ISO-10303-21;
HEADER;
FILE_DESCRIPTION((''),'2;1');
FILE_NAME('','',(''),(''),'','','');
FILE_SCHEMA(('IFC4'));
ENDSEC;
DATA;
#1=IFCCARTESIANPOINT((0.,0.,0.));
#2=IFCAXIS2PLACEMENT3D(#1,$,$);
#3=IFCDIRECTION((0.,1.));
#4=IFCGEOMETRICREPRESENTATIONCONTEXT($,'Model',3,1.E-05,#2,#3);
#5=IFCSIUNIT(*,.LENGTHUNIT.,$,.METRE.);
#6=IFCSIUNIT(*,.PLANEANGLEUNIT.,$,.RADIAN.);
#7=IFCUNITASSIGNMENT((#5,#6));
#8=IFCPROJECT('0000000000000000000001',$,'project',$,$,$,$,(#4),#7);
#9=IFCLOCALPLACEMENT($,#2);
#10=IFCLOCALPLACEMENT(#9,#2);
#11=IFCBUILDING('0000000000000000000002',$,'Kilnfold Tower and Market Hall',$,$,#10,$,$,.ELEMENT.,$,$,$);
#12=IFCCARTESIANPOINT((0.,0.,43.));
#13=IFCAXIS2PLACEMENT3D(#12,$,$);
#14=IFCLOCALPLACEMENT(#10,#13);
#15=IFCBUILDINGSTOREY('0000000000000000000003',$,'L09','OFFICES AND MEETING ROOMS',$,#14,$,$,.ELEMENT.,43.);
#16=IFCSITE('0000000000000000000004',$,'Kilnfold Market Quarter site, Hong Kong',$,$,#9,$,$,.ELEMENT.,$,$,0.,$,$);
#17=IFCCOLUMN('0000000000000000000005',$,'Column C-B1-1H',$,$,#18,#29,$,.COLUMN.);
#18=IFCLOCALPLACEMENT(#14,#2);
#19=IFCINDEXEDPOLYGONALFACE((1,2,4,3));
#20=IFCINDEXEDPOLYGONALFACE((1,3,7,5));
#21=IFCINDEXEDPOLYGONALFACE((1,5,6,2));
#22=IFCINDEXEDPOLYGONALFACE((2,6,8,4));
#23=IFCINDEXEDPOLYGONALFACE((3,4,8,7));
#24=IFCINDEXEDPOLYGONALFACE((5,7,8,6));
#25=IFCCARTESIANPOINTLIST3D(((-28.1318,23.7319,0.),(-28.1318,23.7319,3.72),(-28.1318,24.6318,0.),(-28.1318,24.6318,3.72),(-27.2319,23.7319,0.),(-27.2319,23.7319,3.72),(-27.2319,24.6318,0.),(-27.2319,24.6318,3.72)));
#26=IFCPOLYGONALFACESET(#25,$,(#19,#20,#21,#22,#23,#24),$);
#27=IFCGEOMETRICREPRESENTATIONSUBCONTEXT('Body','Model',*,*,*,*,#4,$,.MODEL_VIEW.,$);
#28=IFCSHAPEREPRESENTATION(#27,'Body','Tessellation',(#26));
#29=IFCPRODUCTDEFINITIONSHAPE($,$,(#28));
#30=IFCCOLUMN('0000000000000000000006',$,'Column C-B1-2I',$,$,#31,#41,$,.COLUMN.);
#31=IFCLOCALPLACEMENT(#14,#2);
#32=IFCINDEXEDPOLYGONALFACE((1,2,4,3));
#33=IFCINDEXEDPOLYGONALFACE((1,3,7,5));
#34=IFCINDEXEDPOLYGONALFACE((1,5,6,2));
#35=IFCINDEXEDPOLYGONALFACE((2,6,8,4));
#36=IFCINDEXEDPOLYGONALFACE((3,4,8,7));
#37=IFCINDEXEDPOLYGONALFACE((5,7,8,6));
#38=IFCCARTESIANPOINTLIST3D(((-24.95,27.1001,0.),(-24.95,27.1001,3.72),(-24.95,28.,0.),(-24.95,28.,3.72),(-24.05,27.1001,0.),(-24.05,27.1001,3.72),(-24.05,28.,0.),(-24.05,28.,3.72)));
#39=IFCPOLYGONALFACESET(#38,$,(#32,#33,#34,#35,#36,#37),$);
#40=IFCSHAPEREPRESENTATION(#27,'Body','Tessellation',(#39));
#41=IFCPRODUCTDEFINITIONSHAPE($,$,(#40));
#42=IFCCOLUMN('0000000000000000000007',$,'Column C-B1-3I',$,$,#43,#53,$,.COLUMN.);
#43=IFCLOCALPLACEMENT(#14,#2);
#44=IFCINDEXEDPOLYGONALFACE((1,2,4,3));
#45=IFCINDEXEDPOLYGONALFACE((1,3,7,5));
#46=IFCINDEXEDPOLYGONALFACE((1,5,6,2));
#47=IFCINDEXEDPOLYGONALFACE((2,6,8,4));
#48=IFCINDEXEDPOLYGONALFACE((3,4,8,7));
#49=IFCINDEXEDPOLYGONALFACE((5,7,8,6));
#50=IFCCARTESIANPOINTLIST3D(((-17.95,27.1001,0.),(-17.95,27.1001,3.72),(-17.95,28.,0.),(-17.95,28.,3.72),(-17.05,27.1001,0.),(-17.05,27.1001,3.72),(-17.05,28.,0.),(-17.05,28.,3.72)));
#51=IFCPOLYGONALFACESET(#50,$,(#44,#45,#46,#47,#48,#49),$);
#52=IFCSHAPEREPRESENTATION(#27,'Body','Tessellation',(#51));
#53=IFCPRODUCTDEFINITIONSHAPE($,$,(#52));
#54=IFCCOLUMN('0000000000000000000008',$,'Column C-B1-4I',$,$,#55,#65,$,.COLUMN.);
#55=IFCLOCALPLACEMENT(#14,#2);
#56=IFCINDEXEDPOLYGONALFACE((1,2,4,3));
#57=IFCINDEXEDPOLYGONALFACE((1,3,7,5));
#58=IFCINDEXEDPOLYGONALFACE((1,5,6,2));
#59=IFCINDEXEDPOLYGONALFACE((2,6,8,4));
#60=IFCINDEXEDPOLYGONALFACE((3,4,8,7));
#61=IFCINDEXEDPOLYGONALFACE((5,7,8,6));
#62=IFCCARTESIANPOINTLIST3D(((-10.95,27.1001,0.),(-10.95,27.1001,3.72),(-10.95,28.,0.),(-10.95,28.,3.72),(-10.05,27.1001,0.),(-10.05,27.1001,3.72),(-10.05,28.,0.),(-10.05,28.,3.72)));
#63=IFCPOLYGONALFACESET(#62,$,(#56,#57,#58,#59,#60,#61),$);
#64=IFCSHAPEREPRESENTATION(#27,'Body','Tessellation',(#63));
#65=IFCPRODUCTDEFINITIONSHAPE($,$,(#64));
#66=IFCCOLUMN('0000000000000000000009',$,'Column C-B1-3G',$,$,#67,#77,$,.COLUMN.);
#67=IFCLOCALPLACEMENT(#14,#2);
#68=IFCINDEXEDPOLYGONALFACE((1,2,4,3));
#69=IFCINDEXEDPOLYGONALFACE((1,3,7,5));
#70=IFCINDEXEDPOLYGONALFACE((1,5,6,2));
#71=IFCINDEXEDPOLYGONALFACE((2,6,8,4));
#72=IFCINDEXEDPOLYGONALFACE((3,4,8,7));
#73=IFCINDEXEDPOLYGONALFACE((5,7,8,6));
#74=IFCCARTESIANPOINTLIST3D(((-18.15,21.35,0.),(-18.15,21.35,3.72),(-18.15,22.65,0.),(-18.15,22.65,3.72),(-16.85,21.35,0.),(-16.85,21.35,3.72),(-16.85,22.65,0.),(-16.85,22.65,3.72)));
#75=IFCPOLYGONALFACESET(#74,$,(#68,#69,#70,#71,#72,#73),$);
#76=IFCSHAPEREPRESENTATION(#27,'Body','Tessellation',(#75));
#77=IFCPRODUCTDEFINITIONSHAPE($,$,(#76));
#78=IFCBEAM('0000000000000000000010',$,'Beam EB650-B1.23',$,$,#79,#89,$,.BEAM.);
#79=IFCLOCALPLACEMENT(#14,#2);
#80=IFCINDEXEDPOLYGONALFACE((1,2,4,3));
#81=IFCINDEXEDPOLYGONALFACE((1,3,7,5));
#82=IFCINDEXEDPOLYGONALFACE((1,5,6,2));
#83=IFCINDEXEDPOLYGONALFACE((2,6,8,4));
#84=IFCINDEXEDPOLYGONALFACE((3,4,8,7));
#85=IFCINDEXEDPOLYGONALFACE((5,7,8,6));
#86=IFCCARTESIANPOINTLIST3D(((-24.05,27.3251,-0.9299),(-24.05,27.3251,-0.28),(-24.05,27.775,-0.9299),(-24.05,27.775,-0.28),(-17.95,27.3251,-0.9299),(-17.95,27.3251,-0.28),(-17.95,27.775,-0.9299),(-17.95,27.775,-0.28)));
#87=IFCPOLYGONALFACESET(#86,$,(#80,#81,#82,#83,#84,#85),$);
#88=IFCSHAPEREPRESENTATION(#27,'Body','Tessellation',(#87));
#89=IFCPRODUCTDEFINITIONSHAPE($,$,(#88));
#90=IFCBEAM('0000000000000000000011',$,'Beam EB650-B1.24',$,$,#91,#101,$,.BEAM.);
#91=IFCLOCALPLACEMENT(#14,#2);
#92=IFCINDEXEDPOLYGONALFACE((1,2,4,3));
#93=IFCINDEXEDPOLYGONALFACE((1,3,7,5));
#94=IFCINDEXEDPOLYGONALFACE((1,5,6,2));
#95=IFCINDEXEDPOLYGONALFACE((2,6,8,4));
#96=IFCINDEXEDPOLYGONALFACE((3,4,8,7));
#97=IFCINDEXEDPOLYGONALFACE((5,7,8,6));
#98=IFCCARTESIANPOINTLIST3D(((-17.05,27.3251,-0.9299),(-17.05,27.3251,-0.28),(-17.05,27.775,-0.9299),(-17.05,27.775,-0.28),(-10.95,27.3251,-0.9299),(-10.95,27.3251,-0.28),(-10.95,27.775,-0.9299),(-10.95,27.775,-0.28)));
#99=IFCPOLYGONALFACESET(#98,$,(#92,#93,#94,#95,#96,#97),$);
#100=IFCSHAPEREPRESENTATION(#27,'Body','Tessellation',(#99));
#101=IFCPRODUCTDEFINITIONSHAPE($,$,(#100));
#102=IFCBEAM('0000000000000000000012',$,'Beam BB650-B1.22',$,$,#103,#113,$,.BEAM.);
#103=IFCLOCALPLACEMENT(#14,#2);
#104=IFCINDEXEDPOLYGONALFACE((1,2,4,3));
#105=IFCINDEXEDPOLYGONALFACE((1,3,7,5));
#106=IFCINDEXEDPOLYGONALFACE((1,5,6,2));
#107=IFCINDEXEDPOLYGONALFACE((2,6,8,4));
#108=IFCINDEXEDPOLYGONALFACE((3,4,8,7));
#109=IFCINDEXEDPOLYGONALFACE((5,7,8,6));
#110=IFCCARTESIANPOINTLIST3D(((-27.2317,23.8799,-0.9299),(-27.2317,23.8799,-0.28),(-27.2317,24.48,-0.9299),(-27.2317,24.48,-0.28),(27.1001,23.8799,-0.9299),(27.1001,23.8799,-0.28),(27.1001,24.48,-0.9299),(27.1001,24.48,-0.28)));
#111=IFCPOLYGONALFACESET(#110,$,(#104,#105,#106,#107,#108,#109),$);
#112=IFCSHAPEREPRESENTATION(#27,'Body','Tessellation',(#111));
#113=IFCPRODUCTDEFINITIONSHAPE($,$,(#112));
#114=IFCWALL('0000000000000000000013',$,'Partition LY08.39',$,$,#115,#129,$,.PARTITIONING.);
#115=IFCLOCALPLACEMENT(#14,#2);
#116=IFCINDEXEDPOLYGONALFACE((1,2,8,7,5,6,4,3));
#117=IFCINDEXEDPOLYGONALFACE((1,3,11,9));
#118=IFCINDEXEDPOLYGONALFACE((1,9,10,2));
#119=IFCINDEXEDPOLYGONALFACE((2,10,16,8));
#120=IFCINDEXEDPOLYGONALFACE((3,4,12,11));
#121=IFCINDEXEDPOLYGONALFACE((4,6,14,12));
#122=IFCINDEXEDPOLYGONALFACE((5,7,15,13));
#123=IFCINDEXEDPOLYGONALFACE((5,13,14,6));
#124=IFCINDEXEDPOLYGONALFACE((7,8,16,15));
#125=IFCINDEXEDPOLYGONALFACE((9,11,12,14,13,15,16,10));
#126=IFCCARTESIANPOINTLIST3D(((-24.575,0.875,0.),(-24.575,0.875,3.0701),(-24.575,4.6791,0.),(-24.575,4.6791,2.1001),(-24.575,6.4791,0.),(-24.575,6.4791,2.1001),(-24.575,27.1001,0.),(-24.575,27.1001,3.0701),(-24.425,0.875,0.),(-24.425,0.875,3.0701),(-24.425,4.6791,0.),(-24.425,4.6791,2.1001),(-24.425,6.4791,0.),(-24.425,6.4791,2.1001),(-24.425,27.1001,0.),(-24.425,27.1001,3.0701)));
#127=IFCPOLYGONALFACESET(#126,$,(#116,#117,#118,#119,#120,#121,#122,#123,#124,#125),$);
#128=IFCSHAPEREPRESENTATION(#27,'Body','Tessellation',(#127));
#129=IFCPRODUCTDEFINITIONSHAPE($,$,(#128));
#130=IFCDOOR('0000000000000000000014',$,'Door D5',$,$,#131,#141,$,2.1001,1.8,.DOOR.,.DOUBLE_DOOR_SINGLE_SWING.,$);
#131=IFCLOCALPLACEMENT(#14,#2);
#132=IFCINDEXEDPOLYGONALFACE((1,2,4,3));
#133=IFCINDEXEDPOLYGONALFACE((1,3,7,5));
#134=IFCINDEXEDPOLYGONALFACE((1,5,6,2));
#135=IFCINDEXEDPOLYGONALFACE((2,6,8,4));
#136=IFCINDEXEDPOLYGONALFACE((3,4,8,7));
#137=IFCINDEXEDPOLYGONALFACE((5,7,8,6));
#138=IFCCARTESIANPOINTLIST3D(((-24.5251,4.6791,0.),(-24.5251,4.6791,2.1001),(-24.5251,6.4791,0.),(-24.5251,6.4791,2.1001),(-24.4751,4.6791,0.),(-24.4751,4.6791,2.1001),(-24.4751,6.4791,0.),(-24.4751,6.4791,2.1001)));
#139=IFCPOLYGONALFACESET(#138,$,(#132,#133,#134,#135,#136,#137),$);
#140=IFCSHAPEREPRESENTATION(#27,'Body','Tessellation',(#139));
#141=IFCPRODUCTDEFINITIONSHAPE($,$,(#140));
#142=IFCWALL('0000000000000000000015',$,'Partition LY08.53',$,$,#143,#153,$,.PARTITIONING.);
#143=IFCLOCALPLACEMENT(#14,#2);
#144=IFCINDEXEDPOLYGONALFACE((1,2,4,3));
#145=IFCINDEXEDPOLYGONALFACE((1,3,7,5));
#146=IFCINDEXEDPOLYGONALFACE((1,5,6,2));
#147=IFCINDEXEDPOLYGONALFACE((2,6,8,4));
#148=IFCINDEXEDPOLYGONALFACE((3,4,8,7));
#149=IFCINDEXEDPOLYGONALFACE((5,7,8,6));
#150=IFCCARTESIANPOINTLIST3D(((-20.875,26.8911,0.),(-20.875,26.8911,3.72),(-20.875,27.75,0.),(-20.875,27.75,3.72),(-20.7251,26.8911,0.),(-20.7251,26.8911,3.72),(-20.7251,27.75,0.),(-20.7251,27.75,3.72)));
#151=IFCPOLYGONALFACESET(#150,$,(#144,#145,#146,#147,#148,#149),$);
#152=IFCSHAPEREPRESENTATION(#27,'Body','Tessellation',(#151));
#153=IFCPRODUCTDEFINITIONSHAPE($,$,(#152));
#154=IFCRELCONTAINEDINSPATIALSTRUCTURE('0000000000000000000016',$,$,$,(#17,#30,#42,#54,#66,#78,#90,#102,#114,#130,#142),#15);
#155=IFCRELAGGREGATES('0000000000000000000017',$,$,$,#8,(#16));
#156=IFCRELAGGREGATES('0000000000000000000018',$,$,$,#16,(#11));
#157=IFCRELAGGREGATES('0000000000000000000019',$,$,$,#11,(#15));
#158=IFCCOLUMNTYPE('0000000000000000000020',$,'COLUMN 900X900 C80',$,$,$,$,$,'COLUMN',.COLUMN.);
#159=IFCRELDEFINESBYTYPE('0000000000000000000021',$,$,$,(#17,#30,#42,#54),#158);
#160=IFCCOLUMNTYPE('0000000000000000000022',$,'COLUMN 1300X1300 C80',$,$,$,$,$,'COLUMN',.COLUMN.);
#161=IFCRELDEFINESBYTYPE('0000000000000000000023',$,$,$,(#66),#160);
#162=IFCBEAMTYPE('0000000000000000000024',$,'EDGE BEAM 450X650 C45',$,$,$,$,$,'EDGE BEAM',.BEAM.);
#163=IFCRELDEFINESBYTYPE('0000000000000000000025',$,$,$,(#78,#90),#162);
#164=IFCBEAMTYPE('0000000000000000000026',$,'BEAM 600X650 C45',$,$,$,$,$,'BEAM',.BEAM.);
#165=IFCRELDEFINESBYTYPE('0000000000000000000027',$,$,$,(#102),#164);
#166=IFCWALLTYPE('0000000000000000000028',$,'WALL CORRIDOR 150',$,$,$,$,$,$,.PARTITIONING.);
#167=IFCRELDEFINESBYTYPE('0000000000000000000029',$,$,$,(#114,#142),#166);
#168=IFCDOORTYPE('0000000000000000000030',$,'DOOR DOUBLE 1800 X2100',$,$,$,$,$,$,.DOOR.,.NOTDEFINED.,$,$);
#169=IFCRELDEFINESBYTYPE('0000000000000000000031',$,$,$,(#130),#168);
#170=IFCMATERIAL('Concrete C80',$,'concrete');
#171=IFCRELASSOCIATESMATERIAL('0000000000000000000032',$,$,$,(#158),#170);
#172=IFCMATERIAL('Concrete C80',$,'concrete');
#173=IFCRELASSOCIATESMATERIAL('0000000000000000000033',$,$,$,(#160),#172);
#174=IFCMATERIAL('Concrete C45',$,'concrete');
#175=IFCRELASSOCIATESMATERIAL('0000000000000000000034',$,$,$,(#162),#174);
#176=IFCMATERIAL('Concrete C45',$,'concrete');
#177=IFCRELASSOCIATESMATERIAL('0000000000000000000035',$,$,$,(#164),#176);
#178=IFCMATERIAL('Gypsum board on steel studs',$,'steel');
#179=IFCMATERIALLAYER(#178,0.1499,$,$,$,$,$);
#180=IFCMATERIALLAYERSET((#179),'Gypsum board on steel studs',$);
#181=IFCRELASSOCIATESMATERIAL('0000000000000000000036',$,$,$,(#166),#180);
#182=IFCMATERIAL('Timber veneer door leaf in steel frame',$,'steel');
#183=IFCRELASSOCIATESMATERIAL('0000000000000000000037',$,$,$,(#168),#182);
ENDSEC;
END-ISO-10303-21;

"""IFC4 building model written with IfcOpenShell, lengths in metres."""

from ifc_helpers import new_model, si_unit, direction, frame, frame_2d, origin, origin_2d, place, context, subcontext, project, spatial, rectangle, extrude, source, transform, mapped, material, layer, layer_set, material_profile, profile_set, type_object, element, fill, save


model = new_model("IFC4")

# Units and contexts
model_context = context("Model", 3, precision=1e-05, world=origin(), true_north=direction((0.0, 1.0)))
body_context = subcontext(model_context, "Body", "Model", "MODEL_VIEW")
ifc_project = project(units=[si_unit("LENGTHUNIT", "METRE"), si_unit("PLANEANGLEUNIT", "RADIAN")], contexts=[model_context])

# Site, building, storey
site_placement = place(None, origin())
site = spatial("IfcSite", under=ifc_project, at=site_placement, Name="Kilnfold Market Quarter site, Hong Kong", CompositionType="ELEMENT", RefElevation=0.0)
building_placement = place(site_placement, origin())
building = spatial("IfcBuilding", under=site, at=building_placement, Name="Kilnfold Tower and Market Hall", CompositionType="ELEMENT")
storey_placement = place(building_placement, frame((0.0, 0.0, 43.0)))
storey = spatial("IfcBuildingStorey", under=building, at=storey_placement, Name="L09", Description="OFFICES AND MEETING ROOMS", CompositionType="ELEMENT", Elevation=43.0)

# Columns
ifc_material_1 = material(Name="Concrete C80", Category="concrete")
ifc_material_profile_1 = material_profile(ifc_material_1, rectangle(XDim=0.8999, YDim=0.8999, at=origin_2d()), Name="RC 900x900")
ifc_profile_set_1 = profile_set([ifc_material_profile_1], Name="Concrete C80")
column_type_1 = type_object("IfcColumnType", Name="COLUMN 900X900 C80", ElementType="COLUMN", PredefinedType="COLUMN", material=ifc_profile_set_1)
shared_shape_1 = source(origin(), body_context, "Body", "SweptSolid", [
    extrude(rectangle(XDim=0.8999, YDim=0.8999, at=origin_2d()), origin(), (0.0, 0.0, 1.0), 3.72),
])
for number, where, z_axis, x_axis, name in (
    (1, (-27.6819, 24.1819, 0.0), (0.0, 0.0, 1.0), (1.0, 0.0, 0.0), "Column C-B1-1H"),
    (2, (-24.5, 27.55, 0.0), (0.0, 0.0, 1.0), (1.0, 0.0, 0.0), "Column C-B1-2I"),
    (3, (-17.5, 27.55, 0.0), (0.0, 0.0, 1.0), (1.0, 0.0, 0.0), "Column C-B1-3I"),
    (4, (-10.5, 27.55, 0.0), (0.0, 0.0, 1.0), (1.0, 0.0, 0.0), "Column C-B1-4I"),
):
    element("IfcColumn", number, at=place(storey_placement, frame(where, z_axis=z_axis, x_axis=x_axis)), inside=storey, type_object=column_type_1, Name=name, PredefinedType="COLUMN", context=body_context, shape_type="MappedRepresentation", body=[
        mapped(shared_shape_1, transform((0.0, 0.0, 0.0))),
    ])
ifc_material_2 = material(Name="Concrete C80", Category="concrete")
ifc_material_profile_2 = material_profile(ifc_material_2, rectangle(XDim=1.3, YDim=1.3, at=origin_2d()), Name="RC 1300x1300")
ifc_profile_set_2 = profile_set([ifc_material_profile_2], Name="Concrete C80")
column_type_2 = type_object("IfcColumnType", Name="COLUMN 1300X1300 C80", ElementType="COLUMN", PredefinedType="COLUMN", material=ifc_profile_set_2)
shared_shape_2 = source(origin(), body_context, "Body", "SweptSolid", [
    extrude(rectangle(XDim=1.3, YDim=1.3, at=origin_2d()), origin(), (0.0, 0.0, 1.0), 3.72),
])
column_placement = place(storey_placement, frame((-17.5, 22.0, 0.0), z_axis=(0.0, 0.0, 1.0), x_axis=(1.0, 0.0, 0.0)))
element("IfcColumn", 5, at=column_placement, inside=storey, type_object=column_type_2, Name="Column C-B1-3G", PredefinedType="COLUMN", context=body_context, shape_type="MappedRepresentation", body=[
    mapped(shared_shape_2, transform((0.0, 0.0, 0.0))),
])

# Beams
ifc_material_3 = material(Name="Concrete C45", Category="concrete")
ifc_material_profile_3 = material_profile(ifc_material_3, rectangle(XDim=0.45, YDim=0.6499, at=origin_2d()), Name="RC 450x650")
ifc_profile_set_3 = profile_set([ifc_material_profile_3], Name="Concrete C45")
beam_type_1 = type_object("IfcBeamType", Name="EDGE BEAM 450X650 C45", ElementType="EDGE BEAM", PredefinedType="BEAM", material=ifc_profile_set_3)
shared_shape_3 = source(origin(), body_context, "Body", "SweptSolid", [
    extrude(rectangle(XDim=0.45, YDim=0.6499, at=origin_2d()), origin(), (0.0, 0.0, 1.0), 6.1001),
])
for number, where, z_axis, x_axis, name in (
    (6, (-24.05, 27.55, -0.605), (1.0, 0.0, 0.0), (0.0, 1.0, 0.0), "Beam EB650-B1.23"),
    (7, (-17.05, 27.55, -0.605), (1.0, 0.0, 0.0), (0.0, 1.0, 0.0), "Beam EB650-B1.24"),
):
    element("IfcBeam", number, at=place(storey_placement, frame(where, z_axis=z_axis, x_axis=x_axis)), inside=storey, type_object=beam_type_1, Name=name, PredefinedType="BEAM", context=body_context, shape_type="MappedRepresentation", body=[
        mapped(shared_shape_3, transform((0.0, 0.0, 0.0))),
    ])
ifc_material_4 = material(Name="Concrete C45", Category="concrete")
ifc_material_profile_4 = material_profile(ifc_material_4, rectangle(XDim=0.6001, YDim=0.6499, at=origin_2d()), Name="RC 600x650")
ifc_profile_set_4 = profile_set([ifc_material_profile_4], Name="Concrete C45")
beam_type_2 = type_object("IfcBeamType", Name="BEAM 600X650 C45", ElementType="BEAM", PredefinedType="BEAM", material=ifc_profile_set_4)
shared_shape_4 = source(origin(), body_context, "Body", "SweptSolid", [
    extrude(rectangle(XDim=0.6001, YDim=0.6499, at=origin_2d()), origin(), (0.0, 0.0, 1.0), 54.3318),
])
beam_placement = place(storey_placement, frame((-27.2317, 24.1799, -0.605), z_axis=(1.0, 0.0, 0.0), x_axis=(0.0, 1.0, 0.0)))
element("IfcBeam", 8, at=beam_placement, inside=storey, type_object=beam_type_2, Name="Beam BB650-B1.22", PredefinedType="BEAM", context=body_context, shape_type="MappedRepresentation", body=[
    mapped(shared_shape_4, transform((0.0, 0.0, 0.0))),
])

# Wall, opening, door
ifc_material_5 = material(Name="Gypsum board on steel studs", Category="steel")
ifc_layer_1 = layer(ifc_material_5, 0.1499)
ifc_layer_set_1 = layer_set([ifc_layer_1], Name="Gypsum board on steel studs")
wall_type_1 = type_object("IfcWallType", Name="WALL CORRIDOR 150", PredefinedType="PARTITIONING", material=ifc_layer_set_1)
wall_1_placement = place(storey_placement, frame((-24.5, 27.1001, 0.0), z_axis=(0.0, 0.0, 1.0), x_axis=(0.0, -1.0, 0.0)))
wall_1 = element("IfcWall", 9, at=wall_1_placement, inside=storey, type_object=wall_type_1, Name="Partition LY08.39", PredefinedType="PARTITIONING", context=body_context, shape_type="SweptSolid", body=[
    extrude(rectangle(XDim=26.2251, YDim=0.1499, at=frame_2d((13.1125, 0.0))), origin(), (0.0, 0.0, 1.0), 3.0701),
])
opening_1_placement = place(wall_1_placement, frame((20.6211, 0.0, 0.0)))
opening_1 = element("IfcOpeningElement", 10, at=opening_1_placement, cuts=wall_1, PredefinedType="OPENING", context=body_context, shape_type="SweptSolid", body=[
    extrude(rectangle(XDim=1.8, YDim=2.1001, at=frame_2d((0.8999, 1.05))), frame((0.0, 0.085, 0.0), z_axis=(0.0, -1.0, 0.0), x_axis=(1.0, 0.0, 0.0)), (0.0, 0.0, 1.0), 0.1699),
])
ifc_material_6 = material(Name="Timber veneer door leaf in steel frame", Category="steel")
door_type_1 = type_object("IfcDoorType", Name="DOOR DOUBLE 1800 X2100", OperationType="NOTDEFINED", PredefinedType="DOOR", material=ifc_material_6)
door_1_placement = place(opening_1_placement, origin())
door_1 = element("IfcDoor", 11, at=door_1_placement, inside=storey, type_object=door_type_1, Name="Door D5", OperationType="DOUBLE_DOOR_SINGLE_SWING", OverallHeight=2.1001, OverallWidth=1.8, PredefinedType="DOOR", context=body_context, shape_type="SweptSolid", body=[
    extrude(rectangle(XDim=1.8, YDim=2.1001, at=frame_2d((0.8999, 1.05))), frame((0.0, 0.0249, 0.0), z_axis=(0.0, -1.0, 0.0), x_axis=(1.0, 0.0, 0.0)), (0.0, 0.0, 1.0), 0.05),
])
fill(opening_1, door_1)

# Wall
wall_2_placement = place(storey_placement, frame((-20.8, 26.8911, 0.0), z_axis=(0.0, 0.0, 1.0), x_axis=(0.0, 1.0, 0.0)))
element("IfcWall", 12, at=wall_2_placement, inside=storey, type_object=wall_type_1, Name="Partition LY08.53", PredefinedType="PARTITIONING", context=body_context, shape_type="SweptSolid", body=[
    extrude(rectangle(XDim=0.8589, YDim=0.1499, at=frame_2d((0.4294, 0.0))), origin(), (0.0, 0.0, 1.0), 3.72),
])

save(model, "model.ifc")
